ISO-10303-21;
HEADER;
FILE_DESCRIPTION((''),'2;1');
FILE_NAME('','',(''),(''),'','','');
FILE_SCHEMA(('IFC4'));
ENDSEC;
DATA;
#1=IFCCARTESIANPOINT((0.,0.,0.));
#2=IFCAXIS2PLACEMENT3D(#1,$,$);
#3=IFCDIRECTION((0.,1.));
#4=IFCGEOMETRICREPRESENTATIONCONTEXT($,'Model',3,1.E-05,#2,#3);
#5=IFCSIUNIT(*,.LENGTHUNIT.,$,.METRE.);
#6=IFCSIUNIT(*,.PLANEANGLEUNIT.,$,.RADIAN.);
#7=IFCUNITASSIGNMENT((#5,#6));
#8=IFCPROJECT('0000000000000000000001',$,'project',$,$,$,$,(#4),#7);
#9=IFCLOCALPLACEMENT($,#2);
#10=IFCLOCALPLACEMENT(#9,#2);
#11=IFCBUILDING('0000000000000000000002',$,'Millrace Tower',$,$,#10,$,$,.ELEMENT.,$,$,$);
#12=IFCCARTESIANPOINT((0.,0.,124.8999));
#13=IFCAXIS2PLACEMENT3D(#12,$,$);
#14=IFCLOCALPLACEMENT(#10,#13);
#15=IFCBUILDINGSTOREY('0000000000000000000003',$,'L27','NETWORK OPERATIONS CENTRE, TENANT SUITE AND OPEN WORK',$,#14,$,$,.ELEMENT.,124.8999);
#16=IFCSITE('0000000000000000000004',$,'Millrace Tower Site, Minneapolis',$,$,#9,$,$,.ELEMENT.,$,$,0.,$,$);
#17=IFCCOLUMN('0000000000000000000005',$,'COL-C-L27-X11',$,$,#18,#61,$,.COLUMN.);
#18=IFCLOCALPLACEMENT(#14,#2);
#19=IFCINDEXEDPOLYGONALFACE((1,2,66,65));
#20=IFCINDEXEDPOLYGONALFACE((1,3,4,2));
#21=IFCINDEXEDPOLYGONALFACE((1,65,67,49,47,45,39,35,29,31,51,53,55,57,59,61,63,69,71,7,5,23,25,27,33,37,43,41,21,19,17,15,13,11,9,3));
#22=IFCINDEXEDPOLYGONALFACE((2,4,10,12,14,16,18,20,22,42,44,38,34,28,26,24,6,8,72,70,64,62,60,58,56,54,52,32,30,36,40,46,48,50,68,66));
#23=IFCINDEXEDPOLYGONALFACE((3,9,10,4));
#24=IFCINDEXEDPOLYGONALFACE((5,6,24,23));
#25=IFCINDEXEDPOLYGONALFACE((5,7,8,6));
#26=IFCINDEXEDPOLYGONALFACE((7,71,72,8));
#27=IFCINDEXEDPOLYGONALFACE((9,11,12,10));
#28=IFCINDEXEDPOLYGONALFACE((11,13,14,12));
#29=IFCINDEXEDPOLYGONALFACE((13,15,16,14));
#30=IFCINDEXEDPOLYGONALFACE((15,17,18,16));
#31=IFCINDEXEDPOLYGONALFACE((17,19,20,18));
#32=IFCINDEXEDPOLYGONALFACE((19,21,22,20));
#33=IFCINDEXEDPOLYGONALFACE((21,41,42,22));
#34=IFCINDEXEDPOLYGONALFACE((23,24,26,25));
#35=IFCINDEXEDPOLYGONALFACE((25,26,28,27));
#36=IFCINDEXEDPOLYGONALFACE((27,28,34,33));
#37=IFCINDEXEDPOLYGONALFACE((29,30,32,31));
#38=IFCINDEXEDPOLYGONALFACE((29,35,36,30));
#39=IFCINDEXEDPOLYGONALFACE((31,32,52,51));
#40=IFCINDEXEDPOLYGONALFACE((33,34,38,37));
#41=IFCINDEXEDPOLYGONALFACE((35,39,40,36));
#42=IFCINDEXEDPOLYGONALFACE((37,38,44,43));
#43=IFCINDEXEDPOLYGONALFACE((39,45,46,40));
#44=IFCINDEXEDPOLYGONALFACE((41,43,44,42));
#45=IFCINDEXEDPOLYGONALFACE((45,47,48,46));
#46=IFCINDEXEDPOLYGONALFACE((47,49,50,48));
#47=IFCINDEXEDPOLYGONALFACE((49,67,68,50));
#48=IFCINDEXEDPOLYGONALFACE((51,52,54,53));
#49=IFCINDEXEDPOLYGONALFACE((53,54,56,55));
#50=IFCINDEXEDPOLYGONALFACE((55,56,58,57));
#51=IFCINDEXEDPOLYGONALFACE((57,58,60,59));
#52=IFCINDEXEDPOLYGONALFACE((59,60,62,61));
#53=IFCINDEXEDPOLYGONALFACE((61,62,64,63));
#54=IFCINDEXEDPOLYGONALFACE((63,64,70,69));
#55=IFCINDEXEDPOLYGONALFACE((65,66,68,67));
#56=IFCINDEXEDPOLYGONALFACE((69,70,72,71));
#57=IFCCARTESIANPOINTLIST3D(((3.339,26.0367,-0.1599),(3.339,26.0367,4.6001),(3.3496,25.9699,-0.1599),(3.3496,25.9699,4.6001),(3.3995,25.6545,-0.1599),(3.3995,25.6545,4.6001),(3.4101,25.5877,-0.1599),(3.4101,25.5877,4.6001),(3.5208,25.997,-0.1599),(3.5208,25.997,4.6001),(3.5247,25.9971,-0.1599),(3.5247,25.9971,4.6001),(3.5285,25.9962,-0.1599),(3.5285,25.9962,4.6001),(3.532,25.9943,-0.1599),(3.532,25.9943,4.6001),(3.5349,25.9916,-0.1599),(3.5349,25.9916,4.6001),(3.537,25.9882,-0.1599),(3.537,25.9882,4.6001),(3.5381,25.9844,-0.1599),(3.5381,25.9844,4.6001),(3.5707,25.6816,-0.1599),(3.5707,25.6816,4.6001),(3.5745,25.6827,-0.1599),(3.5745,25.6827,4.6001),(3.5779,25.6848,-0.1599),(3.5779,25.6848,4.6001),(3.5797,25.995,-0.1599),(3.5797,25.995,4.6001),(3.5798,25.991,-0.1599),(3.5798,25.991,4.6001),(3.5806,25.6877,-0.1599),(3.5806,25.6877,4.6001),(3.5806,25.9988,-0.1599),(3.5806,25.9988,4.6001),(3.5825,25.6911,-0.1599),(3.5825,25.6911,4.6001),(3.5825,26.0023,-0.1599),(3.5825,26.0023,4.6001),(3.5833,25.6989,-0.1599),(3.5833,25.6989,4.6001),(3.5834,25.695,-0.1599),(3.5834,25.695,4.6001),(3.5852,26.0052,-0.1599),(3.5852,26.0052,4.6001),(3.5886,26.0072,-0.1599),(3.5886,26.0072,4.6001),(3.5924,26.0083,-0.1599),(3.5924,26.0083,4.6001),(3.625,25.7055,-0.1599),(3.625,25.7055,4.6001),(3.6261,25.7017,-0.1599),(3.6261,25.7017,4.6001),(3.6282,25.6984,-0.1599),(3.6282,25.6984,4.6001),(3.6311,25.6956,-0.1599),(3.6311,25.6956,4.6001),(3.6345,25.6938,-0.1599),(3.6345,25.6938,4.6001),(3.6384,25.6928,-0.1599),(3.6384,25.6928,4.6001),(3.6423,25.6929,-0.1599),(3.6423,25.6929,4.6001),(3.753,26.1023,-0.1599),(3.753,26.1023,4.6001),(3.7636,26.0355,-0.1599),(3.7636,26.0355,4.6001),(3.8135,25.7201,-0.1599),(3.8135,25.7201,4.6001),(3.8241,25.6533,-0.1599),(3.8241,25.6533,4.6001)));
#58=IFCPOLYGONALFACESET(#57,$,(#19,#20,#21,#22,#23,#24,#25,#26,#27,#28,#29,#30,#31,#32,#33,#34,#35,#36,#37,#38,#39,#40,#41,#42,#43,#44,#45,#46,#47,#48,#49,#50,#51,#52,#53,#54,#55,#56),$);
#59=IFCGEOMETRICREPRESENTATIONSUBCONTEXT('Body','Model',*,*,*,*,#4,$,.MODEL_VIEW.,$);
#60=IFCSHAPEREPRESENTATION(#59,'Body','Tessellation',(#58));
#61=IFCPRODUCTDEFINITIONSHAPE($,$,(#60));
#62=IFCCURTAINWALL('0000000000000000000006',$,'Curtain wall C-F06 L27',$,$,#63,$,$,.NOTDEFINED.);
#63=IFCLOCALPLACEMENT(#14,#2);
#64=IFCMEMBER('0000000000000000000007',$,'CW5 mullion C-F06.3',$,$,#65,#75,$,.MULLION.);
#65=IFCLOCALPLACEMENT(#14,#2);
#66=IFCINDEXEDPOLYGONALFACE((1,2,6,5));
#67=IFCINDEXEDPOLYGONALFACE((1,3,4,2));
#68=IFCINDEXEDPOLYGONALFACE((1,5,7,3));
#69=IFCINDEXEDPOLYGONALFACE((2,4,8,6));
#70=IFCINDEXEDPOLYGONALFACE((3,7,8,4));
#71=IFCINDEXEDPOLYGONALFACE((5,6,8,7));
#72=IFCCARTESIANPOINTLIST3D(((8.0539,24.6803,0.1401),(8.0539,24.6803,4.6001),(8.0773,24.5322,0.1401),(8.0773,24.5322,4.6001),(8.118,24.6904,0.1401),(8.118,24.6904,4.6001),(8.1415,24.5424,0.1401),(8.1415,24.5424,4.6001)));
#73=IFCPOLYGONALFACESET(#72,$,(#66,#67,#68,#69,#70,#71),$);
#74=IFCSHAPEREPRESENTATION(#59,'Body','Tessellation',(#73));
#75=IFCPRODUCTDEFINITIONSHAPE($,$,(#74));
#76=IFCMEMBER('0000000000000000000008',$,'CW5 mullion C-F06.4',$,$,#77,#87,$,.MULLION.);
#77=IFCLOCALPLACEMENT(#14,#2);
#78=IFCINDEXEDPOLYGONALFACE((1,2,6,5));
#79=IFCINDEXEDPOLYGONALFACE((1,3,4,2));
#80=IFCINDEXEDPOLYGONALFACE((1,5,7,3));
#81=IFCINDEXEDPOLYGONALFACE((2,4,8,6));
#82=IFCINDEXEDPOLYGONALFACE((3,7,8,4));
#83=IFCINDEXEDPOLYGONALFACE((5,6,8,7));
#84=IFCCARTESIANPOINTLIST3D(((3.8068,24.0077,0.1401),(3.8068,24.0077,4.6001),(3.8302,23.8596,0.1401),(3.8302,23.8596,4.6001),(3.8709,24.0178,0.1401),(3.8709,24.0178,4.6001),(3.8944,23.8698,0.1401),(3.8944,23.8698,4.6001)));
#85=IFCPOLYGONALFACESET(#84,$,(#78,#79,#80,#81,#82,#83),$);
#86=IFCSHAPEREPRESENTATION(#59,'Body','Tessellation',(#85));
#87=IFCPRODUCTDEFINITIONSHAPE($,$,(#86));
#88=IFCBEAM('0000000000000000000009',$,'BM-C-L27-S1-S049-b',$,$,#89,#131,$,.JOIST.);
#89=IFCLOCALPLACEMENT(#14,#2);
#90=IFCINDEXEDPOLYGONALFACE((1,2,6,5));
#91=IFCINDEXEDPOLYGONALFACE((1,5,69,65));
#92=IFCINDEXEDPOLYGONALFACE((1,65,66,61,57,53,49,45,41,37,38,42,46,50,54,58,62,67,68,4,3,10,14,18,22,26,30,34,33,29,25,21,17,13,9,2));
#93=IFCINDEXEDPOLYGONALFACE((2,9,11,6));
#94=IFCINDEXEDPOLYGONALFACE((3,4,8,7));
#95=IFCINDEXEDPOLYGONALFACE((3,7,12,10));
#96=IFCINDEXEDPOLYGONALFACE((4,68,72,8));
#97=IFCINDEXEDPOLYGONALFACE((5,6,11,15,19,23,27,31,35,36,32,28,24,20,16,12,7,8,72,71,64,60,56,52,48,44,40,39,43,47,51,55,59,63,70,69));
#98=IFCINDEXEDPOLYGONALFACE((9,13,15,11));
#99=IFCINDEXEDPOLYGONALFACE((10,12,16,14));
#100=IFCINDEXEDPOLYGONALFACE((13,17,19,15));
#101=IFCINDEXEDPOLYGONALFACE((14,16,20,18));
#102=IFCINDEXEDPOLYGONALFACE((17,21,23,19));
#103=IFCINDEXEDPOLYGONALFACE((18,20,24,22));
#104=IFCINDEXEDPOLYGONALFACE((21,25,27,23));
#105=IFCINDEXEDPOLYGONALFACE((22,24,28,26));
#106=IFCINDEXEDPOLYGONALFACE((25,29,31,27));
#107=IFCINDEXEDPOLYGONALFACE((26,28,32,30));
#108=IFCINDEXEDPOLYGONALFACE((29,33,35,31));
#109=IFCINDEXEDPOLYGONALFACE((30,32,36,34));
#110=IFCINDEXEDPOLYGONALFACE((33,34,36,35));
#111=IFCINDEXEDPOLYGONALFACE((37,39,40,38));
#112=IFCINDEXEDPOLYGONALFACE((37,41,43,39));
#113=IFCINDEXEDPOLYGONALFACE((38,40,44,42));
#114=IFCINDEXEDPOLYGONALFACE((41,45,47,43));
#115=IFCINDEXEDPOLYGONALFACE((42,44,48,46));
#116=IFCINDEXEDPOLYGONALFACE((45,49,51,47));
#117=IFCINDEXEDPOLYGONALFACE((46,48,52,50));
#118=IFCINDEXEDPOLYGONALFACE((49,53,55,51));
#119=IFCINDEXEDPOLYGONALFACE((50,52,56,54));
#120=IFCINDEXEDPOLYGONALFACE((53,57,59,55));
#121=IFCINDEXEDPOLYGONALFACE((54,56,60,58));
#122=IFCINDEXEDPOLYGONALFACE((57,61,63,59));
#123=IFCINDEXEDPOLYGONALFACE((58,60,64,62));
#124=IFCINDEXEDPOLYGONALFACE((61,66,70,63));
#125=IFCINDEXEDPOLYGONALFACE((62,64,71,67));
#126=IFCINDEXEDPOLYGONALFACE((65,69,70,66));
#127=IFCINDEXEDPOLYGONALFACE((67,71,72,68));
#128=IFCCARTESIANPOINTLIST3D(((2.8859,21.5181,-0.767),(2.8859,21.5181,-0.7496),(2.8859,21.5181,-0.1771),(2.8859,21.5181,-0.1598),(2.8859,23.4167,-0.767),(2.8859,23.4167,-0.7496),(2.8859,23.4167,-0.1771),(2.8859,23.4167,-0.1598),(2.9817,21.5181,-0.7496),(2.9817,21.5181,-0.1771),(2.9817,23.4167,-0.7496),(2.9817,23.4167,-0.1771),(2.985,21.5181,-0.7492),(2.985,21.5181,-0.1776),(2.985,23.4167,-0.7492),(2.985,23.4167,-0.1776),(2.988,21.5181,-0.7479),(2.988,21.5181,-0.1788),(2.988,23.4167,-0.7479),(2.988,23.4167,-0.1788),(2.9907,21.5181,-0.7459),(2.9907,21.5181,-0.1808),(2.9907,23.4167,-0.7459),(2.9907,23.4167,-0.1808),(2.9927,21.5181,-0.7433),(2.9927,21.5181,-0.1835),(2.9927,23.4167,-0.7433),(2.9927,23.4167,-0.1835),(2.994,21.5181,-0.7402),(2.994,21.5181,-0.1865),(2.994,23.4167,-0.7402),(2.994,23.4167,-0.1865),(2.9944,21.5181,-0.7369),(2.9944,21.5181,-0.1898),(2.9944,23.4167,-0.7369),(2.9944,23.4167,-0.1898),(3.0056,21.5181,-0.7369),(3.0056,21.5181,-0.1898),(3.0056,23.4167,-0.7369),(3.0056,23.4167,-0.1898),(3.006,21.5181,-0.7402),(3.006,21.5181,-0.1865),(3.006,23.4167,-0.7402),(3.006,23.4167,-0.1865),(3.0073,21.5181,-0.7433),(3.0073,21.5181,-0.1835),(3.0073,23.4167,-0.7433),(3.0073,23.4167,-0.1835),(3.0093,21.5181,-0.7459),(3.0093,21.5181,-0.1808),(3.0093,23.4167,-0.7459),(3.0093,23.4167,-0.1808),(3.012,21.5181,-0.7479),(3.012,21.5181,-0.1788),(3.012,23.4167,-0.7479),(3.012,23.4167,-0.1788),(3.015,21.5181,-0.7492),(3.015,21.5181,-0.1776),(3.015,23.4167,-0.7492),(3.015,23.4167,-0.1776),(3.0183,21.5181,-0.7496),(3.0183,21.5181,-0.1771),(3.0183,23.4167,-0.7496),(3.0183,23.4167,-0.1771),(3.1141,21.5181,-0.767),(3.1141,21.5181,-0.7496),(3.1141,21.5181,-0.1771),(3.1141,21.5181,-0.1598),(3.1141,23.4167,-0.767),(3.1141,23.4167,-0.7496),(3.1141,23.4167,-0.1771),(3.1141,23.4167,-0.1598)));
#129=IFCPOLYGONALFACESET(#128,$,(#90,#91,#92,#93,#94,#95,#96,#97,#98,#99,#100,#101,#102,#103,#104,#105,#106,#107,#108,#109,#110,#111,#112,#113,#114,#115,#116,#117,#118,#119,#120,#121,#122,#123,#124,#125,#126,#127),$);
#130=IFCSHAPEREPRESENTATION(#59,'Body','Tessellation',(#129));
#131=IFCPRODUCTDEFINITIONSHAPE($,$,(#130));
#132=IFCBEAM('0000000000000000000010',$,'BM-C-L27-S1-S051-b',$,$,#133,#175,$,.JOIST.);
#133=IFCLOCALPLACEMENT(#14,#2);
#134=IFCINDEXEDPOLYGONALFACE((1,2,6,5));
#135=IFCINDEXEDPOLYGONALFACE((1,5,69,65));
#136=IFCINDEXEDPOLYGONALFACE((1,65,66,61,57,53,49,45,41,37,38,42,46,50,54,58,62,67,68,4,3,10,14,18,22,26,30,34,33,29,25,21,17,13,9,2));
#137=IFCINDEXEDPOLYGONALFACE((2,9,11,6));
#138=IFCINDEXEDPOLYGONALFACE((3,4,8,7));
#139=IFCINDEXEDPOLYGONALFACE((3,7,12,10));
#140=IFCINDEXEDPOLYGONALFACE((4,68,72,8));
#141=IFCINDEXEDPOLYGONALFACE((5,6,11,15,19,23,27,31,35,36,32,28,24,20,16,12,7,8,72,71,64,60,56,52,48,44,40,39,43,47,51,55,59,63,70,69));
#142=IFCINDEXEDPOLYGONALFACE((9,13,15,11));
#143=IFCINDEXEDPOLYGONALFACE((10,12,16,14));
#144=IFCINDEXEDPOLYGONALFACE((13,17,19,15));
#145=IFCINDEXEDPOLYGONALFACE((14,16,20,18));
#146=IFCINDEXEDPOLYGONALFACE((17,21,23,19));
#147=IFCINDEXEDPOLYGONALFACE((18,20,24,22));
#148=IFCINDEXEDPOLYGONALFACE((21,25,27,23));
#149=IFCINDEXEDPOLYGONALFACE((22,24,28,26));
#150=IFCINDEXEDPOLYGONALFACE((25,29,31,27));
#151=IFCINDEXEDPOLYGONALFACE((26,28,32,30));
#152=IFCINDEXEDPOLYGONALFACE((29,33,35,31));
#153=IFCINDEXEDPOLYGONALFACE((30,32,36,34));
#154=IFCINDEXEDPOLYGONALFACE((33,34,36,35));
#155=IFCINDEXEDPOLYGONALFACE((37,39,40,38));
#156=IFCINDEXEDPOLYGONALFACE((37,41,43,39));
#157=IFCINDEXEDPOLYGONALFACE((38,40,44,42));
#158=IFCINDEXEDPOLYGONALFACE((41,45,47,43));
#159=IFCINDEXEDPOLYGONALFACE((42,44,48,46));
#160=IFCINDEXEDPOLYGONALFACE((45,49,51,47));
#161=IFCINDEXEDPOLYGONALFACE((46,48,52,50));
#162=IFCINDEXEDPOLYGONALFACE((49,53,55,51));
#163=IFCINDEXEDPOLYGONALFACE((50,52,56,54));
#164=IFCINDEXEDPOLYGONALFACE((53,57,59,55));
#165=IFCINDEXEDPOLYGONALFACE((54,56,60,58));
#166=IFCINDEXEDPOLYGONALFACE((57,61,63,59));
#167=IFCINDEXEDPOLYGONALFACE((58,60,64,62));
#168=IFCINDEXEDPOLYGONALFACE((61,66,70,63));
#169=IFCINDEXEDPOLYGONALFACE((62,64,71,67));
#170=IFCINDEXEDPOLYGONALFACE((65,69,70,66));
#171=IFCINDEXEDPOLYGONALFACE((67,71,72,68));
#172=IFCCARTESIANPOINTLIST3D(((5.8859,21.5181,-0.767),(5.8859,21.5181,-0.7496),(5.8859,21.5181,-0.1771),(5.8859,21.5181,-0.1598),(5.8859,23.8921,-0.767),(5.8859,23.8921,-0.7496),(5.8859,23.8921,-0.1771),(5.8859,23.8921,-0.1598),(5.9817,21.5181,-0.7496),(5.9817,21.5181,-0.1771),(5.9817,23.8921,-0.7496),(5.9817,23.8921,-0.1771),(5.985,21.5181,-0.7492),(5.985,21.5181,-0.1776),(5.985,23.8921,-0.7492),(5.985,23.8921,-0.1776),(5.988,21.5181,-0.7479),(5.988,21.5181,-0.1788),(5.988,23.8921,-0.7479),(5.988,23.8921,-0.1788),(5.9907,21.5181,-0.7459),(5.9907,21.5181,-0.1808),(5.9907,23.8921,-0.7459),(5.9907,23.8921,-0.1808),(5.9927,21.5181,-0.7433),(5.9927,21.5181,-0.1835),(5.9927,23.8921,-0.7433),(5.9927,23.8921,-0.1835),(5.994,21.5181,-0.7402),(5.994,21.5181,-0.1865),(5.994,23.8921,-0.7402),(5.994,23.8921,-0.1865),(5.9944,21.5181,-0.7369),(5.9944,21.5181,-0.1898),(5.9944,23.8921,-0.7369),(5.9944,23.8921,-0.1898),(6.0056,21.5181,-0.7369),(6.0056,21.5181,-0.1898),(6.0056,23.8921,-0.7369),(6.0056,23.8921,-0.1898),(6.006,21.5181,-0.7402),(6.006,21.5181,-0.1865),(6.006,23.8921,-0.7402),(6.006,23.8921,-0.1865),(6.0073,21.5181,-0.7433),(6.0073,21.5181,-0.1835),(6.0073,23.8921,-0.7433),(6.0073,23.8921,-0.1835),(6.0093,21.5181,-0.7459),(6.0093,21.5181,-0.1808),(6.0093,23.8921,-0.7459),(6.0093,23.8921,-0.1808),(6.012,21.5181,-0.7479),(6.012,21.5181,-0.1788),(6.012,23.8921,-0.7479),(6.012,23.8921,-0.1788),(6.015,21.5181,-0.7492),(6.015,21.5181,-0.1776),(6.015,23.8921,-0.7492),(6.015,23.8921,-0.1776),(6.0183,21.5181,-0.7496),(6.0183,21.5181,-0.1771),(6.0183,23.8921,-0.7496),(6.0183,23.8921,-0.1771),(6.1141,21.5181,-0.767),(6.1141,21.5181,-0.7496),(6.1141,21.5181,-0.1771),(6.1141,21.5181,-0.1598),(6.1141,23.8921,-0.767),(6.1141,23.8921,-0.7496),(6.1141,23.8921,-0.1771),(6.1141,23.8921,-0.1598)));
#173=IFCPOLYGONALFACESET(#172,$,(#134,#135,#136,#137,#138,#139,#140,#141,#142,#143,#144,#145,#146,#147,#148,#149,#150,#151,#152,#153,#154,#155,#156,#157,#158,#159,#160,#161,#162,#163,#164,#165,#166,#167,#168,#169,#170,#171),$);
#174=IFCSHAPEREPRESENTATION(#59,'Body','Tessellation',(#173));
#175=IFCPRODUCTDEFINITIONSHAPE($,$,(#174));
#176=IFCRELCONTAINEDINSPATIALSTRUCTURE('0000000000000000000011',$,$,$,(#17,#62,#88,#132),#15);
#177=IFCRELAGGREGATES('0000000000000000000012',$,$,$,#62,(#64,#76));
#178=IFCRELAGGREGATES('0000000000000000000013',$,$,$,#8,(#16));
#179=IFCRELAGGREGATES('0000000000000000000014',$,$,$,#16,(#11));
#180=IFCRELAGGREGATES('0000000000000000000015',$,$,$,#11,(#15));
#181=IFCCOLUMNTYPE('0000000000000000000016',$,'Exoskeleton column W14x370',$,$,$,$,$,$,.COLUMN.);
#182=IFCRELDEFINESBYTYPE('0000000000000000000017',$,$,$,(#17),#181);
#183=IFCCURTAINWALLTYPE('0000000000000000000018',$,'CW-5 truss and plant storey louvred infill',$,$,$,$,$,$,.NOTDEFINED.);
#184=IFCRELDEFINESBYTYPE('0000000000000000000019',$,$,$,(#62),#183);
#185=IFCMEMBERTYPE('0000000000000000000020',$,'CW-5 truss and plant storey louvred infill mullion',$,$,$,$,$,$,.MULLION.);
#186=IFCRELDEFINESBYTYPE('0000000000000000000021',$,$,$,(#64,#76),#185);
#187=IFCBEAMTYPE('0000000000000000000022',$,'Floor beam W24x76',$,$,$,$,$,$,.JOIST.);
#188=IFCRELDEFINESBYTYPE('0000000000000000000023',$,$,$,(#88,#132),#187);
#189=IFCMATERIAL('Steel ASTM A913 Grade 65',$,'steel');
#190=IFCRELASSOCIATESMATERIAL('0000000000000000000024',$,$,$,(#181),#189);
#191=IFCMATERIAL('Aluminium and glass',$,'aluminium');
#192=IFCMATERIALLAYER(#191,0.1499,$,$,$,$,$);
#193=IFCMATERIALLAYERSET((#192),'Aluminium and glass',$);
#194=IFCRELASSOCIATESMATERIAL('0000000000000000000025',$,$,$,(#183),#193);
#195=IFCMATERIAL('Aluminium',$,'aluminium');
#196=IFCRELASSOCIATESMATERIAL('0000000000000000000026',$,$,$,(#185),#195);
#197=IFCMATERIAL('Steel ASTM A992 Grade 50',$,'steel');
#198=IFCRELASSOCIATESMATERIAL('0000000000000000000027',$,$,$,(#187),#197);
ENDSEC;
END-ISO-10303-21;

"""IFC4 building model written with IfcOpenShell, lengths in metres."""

from ifc_helpers import new_model, si_unit, direction, frame, origin, origin_2d, place, context, subcontext, project, spatial, rectangle, i_section, extrude, material, layer, layer_set, material_profile, profile_set, type_object, element, aggregate, save


model = new_model("IFC4")

# Units and contexts
model_context = context("Model", 3, precision=1e-05, world=origin(), true_north=direction((0.0, 1.0)))
body_context = subcontext(model_context, "Body", "Model", "MODEL_VIEW")
ifc_project = project(units=[si_unit("LENGTHUNIT", "METRE"), si_unit("PLANEANGLEUNIT", "RADIAN")], contexts=[model_context])

# Site, building, storey
site_placement = place(None, origin())
site = spatial("IfcSite", under=ifc_project, at=site_placement, Name="Millrace Tower Site, Minneapolis", CompositionType="ELEMENT", RefElevation=0.0)
building_placement = place(site_placement, origin())
building = spatial("IfcBuilding", under=site, at=building_placement, Name="Millrace Tower", CompositionType="ELEMENT")
storey_placement = place(building_placement, frame((0.0, 0.0, 124.8999)))
storey = spatial("IfcBuildingStorey", under=building, at=storey_placement, Name="L27", Description="NETWORK OPERATIONS CENTRE, TENANT SUITE AND OPEN WORK", CompositionType="ELEMENT", Elevation=124.8999)

# Column
ifc_material_1 = material(Name="Steel ASTM A913 Grade 65", Category="steel")
ifc_material_profile_1 = material_profile(ifc_material_1, i_section(OverallWidth=0.4192, OverallDepth=0.4546, WebThickness=0.0422, FlangeThickness=0.0676, FilletRadius=0.0151, at=origin_2d()))
ifc_profile_set_1 = profile_set([ifc_material_profile_1], Name="Steel ASTM A913 Grade 65")
column_type = type_object("IfcColumnType", Name="Exoskeleton column W14x370", PredefinedType="COLUMN", material=ifc_profile_set_1)
column_placement = place(storey_placement, frame((3.5815, 25.845, -0.1599), z_axis=(0.0, 0.0, 1.0), x_axis=(-0.987688, -0.156434, 0.0)))
element("IfcColumn", 1, at=column_placement, inside=storey, type_object=column_type, Name="COL-C-L27-X11", PredefinedType="COLUMN", context=body_context, shape_type="SweptSolid", body=[
    extrude(i_section(OverallWidth=0.4192, OverallDepth=0.4546, WebThickness=0.0422, FlangeThickness=0.0676, FilletRadius=0.0151, at=origin_2d()), origin(), (0.0, 0.0, 1.0), 4.76),
])

# Curtain wall, members
ifc_material_2 = material(Name="Aluminium and glass", Category="aluminium")
ifc_layer_1 = layer(ifc_material_2, 0.1499)
ifc_layer_set_1 = layer_set([ifc_layer_1], Name="Aluminium and glass")
curtain_wall_type = type_object("IfcCurtainWallType", Name="CW-5 truss and plant storey louvred infill", PredefinedType="NOTDEFINED", material=ifc_layer_set_1)
curtain_wall_placement = place(storey_placement, origin())
curtain_wall = element("IfcCurtainWall", 2, at=curtain_wall_placement, inside=storey, type_object=curtain_wall_type, Name="Curtain wall C-F06 L27", PredefinedType="NOTDEFINED")
ifc_material_3 = material(Name="Aluminium", Category="aluminium")
ifc_material_profile_2 = material_profile(ifc_material_3, rectangle(XDim=0.0649, YDim=0.1499, at=origin_2d()))
ifc_profile_set_2 = profile_set([ifc_material_profile_2], Name="Aluminium")
member_type_1 = type_object("IfcMemberType", Name="CW-5 truss and plant storey louvred infill mullion", PredefinedType="MULLION", material=ifc_profile_set_2)
member_1_placement = place(storey_placement, frame((8.0977, 24.6113, 0.1401), z_axis=(0.0, 0.0, 1.0), x_axis=(-0.987688, -0.156434, 0.0)))
member_1 = element("IfcMember", 3, at=member_1_placement, type_object=member_type_1, Name="CW5 mullion C-F06.3", PredefinedType="MULLION", context=body_context, shape_type="SweptSolid", body=[
    extrude(rectangle(XDim=0.0649, YDim=0.1499, at=origin_2d()), origin(), (0.0, 0.0, 1.0), 4.46),
])
member_2_placement = place(storey_placement, frame((3.8506, 23.9387, 0.1401), z_axis=(0.0, 0.0, 1.0), x_axis=(-0.987688, -0.156434, 0.0)))
member_2 = element("IfcMember", 4, at=member_2_placement, type_object=member_type_1, Name="CW5 mullion C-F06.4", PredefinedType="MULLION", context=body_context, shape_type="SweptSolid", body=[
    extrude(rectangle(XDim=0.0649, YDim=0.1499, at=origin_2d()), origin(), (0.0, 0.0, 1.0), 4.46),
])
aggregate(curtain_wall, [member_1, member_2])

# Beams
ifc_material_4 = material(Name="Steel ASTM A992 Grade 50", Category="steel")
ifc_material_profile_3 = material_profile(ifc_material_4, i_section(OverallWidth=0.2283, OverallDepth=0.6072, WebThickness=0.0112, FlangeThickness=0.0173, FilletRadius=0.0127, at=origin_2d()))
ifc_profile_set_3 = profile_set([ifc_material_profile_3], Name="Steel ASTM A992 Grade 50")
beam_type_1 = type_object("IfcBeamType", Name="Floor beam W24x76", PredefinedType="JOIST", material=ifc_profile_set_3)
beam_1_placement = place(storey_placement, frame((3.0, 21.5181, -0.4634), z_axis=(0.0, 1.0, 0.0), x_axis=(-1.0, 0.0, 0.0)))
element("IfcBeam", 5, at=beam_1_placement, inside=storey, type_object=beam_type_1, Name="BM-C-L27-S1-S049-b", PredefinedType="JOIST", context=body_context, shape_type="SweptSolid", body=[
    extrude(i_section(OverallWidth=0.2283, OverallDepth=0.6072, WebThickness=0.0112, FlangeThickness=0.0173, FilletRadius=0.0127, at=origin_2d()), origin(), (0.0, 0.0, 1.0), 1.8987),
])
beam_2_placement = place(storey_placement, frame((6.0, 21.5181, -0.4634), z_axis=(0.0, 1.0, 0.0), x_axis=(-1.0, 0.0, 0.0)))
element("IfcBeam", 6, at=beam_2_placement, inside=storey, type_object=beam_type_1, Name="BM-C-L27-S1-S051-b", PredefinedType="JOIST", context=body_context, shape_type="SweptSolid", body=[
    extrude(i_section(OverallWidth=0.2283, OverallDepth=0.6072, WebThickness=0.0112, FlangeThickness=0.0173, FilletRadius=0.0127, at=origin_2d()), origin(), (0.0, 0.0, 1.0), 2.374),
])

save(model, "model.ifc")
